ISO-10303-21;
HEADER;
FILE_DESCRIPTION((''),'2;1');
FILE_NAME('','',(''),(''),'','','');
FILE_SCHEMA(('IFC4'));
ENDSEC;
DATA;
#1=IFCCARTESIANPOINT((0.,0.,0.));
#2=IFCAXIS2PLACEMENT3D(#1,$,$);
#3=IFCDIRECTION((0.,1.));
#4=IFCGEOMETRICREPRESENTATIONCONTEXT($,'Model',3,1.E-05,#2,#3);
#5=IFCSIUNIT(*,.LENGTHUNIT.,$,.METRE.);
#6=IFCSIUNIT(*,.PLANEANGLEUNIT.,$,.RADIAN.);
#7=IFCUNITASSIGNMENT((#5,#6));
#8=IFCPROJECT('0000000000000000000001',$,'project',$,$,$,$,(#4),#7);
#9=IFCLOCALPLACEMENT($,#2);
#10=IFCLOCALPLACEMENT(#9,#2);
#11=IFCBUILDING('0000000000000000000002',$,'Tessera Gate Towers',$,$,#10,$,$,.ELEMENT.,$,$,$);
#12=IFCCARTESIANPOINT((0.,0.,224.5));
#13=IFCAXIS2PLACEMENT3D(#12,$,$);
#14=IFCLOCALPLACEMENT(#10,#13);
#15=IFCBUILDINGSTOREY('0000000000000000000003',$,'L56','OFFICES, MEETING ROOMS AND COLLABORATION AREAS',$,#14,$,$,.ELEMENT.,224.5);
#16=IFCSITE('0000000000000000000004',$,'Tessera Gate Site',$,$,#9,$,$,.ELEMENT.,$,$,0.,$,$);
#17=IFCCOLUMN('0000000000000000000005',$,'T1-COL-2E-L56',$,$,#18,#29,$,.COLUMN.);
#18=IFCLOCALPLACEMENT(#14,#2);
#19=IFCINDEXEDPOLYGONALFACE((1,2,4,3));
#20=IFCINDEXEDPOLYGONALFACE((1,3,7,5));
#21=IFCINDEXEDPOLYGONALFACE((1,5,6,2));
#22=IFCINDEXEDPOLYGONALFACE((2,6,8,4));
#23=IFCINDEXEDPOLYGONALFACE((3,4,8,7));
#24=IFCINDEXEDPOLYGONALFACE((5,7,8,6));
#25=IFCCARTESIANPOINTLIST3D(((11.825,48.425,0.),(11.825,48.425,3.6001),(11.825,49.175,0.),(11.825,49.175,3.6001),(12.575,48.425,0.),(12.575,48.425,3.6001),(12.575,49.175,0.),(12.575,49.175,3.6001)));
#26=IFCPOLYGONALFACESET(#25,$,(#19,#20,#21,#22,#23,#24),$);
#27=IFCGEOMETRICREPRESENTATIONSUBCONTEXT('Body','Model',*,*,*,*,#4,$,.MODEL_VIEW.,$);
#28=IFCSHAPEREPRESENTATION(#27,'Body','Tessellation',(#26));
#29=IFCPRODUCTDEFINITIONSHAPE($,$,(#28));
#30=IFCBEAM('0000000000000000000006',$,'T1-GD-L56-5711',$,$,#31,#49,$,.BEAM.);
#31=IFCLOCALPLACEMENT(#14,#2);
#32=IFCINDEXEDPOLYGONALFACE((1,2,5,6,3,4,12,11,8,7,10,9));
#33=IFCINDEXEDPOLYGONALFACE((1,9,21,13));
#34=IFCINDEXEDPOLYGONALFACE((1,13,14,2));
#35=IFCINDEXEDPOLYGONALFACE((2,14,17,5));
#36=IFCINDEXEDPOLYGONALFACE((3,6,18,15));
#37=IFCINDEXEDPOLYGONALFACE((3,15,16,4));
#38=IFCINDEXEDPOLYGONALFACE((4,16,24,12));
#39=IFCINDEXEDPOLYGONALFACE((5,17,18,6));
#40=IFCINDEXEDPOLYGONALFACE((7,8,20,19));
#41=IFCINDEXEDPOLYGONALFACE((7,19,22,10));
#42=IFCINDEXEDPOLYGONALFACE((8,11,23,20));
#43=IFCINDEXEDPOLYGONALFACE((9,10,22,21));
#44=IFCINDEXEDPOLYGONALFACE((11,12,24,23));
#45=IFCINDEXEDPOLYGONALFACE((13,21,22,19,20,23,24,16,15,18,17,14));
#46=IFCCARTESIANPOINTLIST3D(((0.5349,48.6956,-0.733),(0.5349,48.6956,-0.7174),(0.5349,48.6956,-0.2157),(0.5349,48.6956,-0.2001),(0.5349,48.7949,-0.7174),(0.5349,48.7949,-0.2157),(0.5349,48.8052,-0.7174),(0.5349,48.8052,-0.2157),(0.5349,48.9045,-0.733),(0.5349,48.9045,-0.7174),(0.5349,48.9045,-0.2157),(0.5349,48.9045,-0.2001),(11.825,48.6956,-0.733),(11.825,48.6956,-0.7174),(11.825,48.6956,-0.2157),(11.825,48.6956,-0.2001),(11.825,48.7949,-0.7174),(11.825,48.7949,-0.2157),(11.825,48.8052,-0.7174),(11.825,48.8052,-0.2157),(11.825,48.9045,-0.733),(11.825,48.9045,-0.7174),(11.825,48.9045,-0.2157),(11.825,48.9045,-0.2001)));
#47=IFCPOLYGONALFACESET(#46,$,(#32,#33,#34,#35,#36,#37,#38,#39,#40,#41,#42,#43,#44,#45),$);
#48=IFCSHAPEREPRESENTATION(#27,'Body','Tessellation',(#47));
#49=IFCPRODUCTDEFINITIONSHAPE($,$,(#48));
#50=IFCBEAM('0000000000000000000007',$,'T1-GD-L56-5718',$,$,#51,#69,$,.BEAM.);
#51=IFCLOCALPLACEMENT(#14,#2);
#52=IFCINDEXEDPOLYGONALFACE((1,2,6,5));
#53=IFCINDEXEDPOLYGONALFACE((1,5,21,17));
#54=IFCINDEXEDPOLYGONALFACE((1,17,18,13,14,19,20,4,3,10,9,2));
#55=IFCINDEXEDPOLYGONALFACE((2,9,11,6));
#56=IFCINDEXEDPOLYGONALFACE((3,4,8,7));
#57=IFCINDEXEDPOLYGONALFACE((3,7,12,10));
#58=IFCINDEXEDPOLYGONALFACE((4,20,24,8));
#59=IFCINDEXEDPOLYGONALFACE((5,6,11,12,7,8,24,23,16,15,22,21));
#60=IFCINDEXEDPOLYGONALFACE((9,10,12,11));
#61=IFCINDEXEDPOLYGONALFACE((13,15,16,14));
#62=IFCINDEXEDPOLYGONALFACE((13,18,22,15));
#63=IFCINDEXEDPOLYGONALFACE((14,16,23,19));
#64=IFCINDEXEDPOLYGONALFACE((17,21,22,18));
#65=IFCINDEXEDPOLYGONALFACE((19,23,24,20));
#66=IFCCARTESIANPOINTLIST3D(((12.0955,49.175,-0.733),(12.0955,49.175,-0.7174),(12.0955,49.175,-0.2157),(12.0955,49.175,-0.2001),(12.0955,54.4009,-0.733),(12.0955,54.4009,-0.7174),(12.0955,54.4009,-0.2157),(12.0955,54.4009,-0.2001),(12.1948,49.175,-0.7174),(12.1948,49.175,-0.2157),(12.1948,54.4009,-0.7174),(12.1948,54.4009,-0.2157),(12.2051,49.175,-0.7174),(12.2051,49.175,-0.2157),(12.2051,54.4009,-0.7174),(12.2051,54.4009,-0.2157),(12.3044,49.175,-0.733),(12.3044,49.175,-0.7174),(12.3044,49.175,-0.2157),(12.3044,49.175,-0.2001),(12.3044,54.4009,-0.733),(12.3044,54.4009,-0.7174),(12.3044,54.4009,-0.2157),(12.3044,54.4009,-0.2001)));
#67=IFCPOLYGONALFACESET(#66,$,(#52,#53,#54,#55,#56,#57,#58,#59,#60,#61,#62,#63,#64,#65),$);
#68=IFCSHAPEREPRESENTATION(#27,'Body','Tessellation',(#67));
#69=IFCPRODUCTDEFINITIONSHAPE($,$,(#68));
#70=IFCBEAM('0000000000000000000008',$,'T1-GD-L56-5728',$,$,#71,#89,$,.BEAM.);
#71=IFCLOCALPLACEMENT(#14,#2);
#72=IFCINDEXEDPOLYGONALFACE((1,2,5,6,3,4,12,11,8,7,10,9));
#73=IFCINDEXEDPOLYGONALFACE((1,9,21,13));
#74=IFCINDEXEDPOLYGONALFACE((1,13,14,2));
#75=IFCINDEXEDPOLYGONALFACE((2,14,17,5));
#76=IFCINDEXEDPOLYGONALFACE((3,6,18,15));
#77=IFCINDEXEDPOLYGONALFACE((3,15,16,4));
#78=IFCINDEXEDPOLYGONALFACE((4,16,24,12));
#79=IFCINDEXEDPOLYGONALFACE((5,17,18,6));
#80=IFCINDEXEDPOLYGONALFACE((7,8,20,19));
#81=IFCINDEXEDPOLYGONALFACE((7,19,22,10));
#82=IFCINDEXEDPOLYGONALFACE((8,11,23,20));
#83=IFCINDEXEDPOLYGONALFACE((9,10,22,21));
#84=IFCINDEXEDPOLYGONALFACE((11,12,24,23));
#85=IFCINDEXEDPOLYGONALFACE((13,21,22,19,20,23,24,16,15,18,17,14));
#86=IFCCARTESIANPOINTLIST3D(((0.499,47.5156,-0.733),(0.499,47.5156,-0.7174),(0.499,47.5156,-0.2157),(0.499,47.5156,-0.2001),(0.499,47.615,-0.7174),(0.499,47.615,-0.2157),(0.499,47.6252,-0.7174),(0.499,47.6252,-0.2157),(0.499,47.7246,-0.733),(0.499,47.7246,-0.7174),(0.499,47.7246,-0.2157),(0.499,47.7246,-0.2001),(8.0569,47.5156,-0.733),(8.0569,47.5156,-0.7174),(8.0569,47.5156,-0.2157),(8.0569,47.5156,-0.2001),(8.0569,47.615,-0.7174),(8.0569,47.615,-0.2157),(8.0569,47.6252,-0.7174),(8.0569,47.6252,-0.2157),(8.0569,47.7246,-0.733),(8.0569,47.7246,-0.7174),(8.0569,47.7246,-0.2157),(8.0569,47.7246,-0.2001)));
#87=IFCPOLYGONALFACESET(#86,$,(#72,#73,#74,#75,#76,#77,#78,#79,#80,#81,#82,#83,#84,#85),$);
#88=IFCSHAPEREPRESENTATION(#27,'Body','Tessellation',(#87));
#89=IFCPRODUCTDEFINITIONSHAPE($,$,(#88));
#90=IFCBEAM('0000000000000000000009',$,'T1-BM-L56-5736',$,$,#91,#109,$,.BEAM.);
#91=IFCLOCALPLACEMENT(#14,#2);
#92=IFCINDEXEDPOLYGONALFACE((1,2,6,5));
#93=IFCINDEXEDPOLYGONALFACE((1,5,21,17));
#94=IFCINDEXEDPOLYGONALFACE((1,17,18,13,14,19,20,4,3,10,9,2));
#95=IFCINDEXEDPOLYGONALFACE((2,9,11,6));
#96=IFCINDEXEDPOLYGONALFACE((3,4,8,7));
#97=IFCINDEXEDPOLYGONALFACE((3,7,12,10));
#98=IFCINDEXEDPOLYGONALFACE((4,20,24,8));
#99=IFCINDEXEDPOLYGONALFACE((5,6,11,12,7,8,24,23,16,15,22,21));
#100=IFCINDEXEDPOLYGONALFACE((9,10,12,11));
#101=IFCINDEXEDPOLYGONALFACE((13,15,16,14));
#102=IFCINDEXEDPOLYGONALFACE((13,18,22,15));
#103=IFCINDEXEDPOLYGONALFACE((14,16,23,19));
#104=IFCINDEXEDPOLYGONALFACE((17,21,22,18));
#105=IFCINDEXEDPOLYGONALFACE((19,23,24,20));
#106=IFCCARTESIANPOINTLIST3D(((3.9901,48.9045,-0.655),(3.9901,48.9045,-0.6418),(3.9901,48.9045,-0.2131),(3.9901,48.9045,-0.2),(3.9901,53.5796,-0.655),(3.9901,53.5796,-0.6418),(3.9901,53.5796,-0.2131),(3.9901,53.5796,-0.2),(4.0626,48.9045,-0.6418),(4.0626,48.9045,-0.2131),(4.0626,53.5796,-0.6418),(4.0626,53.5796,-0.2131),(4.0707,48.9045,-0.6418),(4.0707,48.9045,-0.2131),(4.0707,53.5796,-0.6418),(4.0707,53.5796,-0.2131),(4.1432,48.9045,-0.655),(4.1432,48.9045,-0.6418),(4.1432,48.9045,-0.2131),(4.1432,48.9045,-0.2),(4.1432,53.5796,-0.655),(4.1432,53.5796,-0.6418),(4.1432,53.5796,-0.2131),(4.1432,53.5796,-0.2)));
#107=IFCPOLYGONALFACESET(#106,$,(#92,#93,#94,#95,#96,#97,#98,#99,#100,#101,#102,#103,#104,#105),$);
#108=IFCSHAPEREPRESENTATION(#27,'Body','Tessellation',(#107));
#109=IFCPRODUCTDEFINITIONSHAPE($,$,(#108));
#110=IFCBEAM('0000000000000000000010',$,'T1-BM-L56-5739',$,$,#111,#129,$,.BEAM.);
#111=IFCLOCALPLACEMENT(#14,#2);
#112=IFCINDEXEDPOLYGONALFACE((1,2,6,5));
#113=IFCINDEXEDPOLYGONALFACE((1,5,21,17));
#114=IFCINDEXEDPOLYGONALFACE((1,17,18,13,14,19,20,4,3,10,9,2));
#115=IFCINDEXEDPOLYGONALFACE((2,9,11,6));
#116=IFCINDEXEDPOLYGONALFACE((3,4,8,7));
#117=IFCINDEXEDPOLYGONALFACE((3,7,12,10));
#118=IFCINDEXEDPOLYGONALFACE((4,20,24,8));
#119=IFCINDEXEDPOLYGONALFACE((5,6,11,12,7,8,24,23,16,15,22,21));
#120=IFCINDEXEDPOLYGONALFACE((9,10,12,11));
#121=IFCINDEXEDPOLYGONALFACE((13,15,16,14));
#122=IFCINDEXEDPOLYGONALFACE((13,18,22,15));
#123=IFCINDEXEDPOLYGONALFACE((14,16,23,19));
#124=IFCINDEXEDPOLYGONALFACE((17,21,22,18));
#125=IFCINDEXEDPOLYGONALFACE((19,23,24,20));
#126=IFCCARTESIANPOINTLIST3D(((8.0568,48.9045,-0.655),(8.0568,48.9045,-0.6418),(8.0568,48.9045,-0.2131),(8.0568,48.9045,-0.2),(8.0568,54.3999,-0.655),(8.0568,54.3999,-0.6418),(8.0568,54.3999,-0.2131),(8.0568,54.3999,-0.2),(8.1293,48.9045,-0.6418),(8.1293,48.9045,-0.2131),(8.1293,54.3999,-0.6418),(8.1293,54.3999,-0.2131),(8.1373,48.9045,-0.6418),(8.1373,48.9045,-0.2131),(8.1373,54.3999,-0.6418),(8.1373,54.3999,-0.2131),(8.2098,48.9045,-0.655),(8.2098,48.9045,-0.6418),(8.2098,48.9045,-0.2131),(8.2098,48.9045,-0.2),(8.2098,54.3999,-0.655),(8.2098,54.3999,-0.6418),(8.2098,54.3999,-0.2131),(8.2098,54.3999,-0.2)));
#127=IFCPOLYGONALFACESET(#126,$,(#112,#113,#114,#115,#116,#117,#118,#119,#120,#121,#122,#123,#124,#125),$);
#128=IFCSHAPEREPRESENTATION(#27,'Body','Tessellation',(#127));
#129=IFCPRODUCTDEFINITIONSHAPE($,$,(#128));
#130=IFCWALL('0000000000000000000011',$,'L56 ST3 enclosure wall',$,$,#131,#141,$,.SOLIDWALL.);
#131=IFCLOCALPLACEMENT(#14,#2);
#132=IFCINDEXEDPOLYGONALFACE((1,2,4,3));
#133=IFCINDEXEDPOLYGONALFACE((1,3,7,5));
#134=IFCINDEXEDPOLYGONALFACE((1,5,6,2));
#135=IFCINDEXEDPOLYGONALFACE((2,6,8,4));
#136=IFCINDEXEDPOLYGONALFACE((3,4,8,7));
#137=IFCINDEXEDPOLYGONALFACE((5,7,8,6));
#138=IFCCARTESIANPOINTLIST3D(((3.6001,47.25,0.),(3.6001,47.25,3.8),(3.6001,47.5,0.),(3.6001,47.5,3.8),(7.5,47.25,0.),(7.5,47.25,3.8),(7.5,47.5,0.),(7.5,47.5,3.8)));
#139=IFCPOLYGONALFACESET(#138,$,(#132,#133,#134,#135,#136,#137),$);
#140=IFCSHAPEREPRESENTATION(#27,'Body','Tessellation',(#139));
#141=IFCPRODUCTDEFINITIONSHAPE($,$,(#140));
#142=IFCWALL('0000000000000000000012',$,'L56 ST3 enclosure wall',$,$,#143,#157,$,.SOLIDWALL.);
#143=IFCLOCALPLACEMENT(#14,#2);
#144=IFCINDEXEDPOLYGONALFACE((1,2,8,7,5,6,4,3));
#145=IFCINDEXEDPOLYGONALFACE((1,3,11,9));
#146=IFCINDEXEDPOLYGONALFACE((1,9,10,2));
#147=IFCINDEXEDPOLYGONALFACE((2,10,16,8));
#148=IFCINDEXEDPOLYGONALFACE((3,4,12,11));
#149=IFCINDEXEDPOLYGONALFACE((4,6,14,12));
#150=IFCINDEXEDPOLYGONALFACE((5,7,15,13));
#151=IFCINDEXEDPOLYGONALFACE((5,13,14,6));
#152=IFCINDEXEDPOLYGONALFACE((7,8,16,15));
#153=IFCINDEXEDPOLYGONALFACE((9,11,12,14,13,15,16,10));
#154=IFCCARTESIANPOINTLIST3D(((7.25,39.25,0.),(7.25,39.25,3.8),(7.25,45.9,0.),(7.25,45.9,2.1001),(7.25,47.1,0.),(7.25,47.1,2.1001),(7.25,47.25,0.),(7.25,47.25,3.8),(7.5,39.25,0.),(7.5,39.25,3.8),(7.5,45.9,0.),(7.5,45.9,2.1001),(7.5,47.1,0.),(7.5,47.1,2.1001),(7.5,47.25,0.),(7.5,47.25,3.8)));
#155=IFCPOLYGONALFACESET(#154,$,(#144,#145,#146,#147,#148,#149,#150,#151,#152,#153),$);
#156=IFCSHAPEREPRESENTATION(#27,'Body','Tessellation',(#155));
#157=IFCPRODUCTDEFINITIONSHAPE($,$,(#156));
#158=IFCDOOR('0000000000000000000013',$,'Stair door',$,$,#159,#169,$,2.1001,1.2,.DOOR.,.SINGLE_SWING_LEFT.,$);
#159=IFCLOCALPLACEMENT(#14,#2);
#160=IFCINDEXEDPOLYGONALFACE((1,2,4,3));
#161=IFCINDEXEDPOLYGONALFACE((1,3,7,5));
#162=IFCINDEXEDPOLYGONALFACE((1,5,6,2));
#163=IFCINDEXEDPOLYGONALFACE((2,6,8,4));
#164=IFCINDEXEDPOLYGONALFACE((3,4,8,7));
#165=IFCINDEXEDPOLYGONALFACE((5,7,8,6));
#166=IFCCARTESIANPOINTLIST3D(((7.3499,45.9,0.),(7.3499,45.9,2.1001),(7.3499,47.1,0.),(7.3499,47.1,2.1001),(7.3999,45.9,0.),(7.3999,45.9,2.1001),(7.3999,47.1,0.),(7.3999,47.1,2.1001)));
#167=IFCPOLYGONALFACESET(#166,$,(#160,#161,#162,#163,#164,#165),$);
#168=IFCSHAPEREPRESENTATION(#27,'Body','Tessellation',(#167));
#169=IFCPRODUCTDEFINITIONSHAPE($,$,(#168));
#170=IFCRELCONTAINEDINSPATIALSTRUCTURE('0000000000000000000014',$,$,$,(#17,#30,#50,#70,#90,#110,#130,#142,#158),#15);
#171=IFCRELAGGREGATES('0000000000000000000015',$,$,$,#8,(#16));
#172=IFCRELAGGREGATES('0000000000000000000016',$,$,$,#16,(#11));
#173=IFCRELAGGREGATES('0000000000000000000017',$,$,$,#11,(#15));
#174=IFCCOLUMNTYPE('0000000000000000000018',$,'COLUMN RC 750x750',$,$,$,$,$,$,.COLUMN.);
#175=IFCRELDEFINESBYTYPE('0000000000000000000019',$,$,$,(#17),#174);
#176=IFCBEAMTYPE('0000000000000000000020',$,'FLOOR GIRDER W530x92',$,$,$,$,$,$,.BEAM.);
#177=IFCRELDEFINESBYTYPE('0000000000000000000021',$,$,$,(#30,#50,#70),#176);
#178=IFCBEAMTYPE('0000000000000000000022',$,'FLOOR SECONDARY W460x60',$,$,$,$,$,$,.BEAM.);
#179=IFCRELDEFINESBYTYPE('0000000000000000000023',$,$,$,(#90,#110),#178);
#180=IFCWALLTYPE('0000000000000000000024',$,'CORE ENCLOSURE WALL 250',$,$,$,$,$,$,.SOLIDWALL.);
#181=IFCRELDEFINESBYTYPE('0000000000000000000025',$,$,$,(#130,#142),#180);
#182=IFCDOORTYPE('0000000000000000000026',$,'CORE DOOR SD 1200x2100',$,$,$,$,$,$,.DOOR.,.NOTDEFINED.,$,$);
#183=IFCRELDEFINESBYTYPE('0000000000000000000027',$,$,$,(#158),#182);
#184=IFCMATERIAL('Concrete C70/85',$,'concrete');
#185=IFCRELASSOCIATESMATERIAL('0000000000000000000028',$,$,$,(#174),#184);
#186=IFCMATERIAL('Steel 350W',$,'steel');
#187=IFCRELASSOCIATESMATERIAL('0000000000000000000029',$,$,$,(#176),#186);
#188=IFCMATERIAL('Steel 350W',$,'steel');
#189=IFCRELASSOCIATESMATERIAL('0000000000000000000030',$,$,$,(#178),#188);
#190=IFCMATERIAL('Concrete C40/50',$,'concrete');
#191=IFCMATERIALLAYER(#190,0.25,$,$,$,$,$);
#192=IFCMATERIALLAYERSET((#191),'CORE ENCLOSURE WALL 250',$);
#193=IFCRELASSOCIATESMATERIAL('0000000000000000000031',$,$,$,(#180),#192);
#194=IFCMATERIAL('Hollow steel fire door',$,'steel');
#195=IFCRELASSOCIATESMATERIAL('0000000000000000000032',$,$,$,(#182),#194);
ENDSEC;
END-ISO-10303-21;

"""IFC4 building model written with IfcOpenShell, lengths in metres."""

from ifc_helpers import new_model, si_unit, direction, frame, frame_2d, origin, origin_2d, place, context, subcontext, project, spatial, rectangle, i_section, extrude, source, transform, mapped, material, layer, layer_set, material_profile, profile_set, type_object, element, fill, save


model = new_model("IFC4")

# Units and contexts
model_context = context("Model", 3, precision=1e-05, world=origin(), true_north=direction((0.0, 1.0)))
body_context = subcontext(model_context, "Body", "Model", "MODEL_VIEW")
ifc_project = project(units=[si_unit("LENGTHUNIT", "METRE"), si_unit("PLANEANGLEUNIT", "RADIAN")], contexts=[model_context])

# Site, building, storey
site_placement = place(None, origin())
site = spatial("IfcSite", under=ifc_project, at=site_placement, Name="Tessera Gate Site", CompositionType="ELEMENT", RefElevation=0.0)
building_placement = place(site_placement, origin())
building = spatial("IfcBuilding", under=site, at=building_placement, Name="Tessera Gate Towers", CompositionType="ELEMENT")
storey_placement = place(building_placement, frame((0.0, 0.0, 224.5)))
storey = spatial("IfcBuildingStorey", under=building, at=storey_placement, Name="L56", Description="OFFICES, MEETING ROOMS AND COLLABORATION AREAS", CompositionType="ELEMENT", Elevation=224.5)

# Column
ifc_material_1 = material(Name="Concrete C70/85", Category="concrete")
ifc_material_profile_1 = material_profile(ifc_material_1, rectangle(XDim=0.75, YDim=0.75, at=origin_2d()), Name="RC 750x750")
ifc_profile_set_1 = profile_set([ifc_material_profile_1], Name="Concrete C70/85")
column_type = type_object("IfcColumnType", Name="COLUMN RC 750x750", PredefinedType="COLUMN", material=ifc_profile_set_1)
column_placement = place(storey_placement, frame((12.2, 48.8, 0.0), z_axis=(0.0, 0.0, 1.0), x_axis=(1.0, 0.0, 0.0)))
element("IfcColumn", 1, at=column_placement, inside=storey, type_object=column_type, Name="T1-COL-2E-L56", PredefinedType="COLUMN", context=body_context, shape_type="SweptSolid", body=[
    extrude(rectangle(XDim=0.75, YDim=0.75, at=origin_2d()), origin(), (0.0, 0.0, 1.0), 3.6001),
])

# Beams
ifc_material_2 = material(Name="Steel 350W", Category="steel")
ifc_material_profile_2 = material_profile(ifc_material_2, i_section(OverallWidth=0.209, OverallDepth=0.533, WebThickness=0.0103, FlangeThickness=0.0156, at=origin_2d()), Name="W530x92")
ifc_profile_set_2 = profile_set([ifc_material_profile_2], Name="Steel 350W")
beam_type_1 = type_object("IfcBeamType", Name="FLOOR GIRDER W530x92", PredefinedType="BEAM", material=ifc_profile_set_2)
beam_1_placement = place(storey_placement, frame((0.5349, 48.8, -0.4666), z_axis=(1.0, 0.0, 0.0), x_axis=(0.0, 1.0, 0.0)))
element("IfcBeam", 2, at=beam_1_placement, inside=storey, type_object=beam_type_1, Name="T1-GD-L56-5711", PredefinedType="BEAM", context=body_context, shape_type="SweptSolid", body=[
    extrude(i_section(OverallWidth=0.209, OverallDepth=0.533, WebThickness=0.0103, FlangeThickness=0.0156, at=origin_2d()), origin(), (0.0, 0.0, 1.0), 11.29),
])
beam_2_placement = place(storey_placement, frame((12.2, 49.175, -0.4666), z_axis=(0.0, 1.0, 0.0), x_axis=(-1.0, 0.0, 0.0)))
element("IfcBeam", 3, at=beam_2_placement, inside=storey, type_object=beam_type_1, Name="T1-GD-L56-5718", PredefinedType="BEAM", context=body_context, shape_type="SweptSolid", body=[
    extrude(i_section(OverallWidth=0.209, OverallDepth=0.533, WebThickness=0.0103, FlangeThickness=0.0156, at=origin_2d()), origin(), (0.0, 0.0, 1.0), 5.2258),
])
beam_3_placement = place(storey_placement, frame((0.499, 47.6201, -0.4666), z_axis=(1.0, 0.0, 0.0), x_axis=(0.0, 1.0, 0.0)))
element("IfcBeam", 4, at=beam_3_placement, inside=storey, type_object=beam_type_1, Name="T1-GD-L56-5728", PredefinedType="BEAM", context=body_context, shape_type="SweptSolid", body=[
    extrude(i_section(OverallWidth=0.209, OverallDepth=0.533, WebThickness=0.0103, FlangeThickness=0.0156, at=origin_2d()), origin(), (0.0, 0.0, 1.0), 7.5579),
])
ifc_material_3 = material(Name="Steel 350W", Category="steel")
ifc_material_profile_3 = material_profile(ifc_material_3, i_section(OverallWidth=0.1531, OverallDepth=0.4551, WebThickness=0.0081, FlangeThickness=0.0132, at=origin_2d()), Name="W460x60")
ifc_profile_set_3 = profile_set([ifc_material_profile_3], Name="Steel 350W")
beam_type_2 = type_object("IfcBeamType", Name="FLOOR SECONDARY W460x60", PredefinedType="BEAM", material=ifc_profile_set_3)
beam_4_placement = place(storey_placement, frame((4.0667, 48.9045, -0.4275), z_axis=(0.0, 1.0, 0.0), x_axis=(-1.0, 0.0, 0.0)))
element("IfcBeam", 5, at=beam_4_placement, inside=storey, type_object=beam_type_2, Name="T1-BM-L56-5736", PredefinedType="BEAM", context=body_context, shape_type="SweptSolid", body=[
    extrude(i_section(OverallWidth=0.1531, OverallDepth=0.4551, WebThickness=0.0081, FlangeThickness=0.0132, at=origin_2d()), origin(), (0.0, 0.0, 1.0), 4.675),
])
beam_5_placement = place(storey_placement, frame((8.1333, 48.9045, -0.4275), z_axis=(0.0, 1.0, 0.0), x_axis=(-1.0, 0.0, 0.0)))
element("IfcBeam", 6, at=beam_5_placement, inside=storey, type_object=beam_type_2, Name="T1-BM-L56-5739", PredefinedType="BEAM", context=body_context, shape_type="SweptSolid", body=[
    extrude(i_section(OverallWidth=0.1531, OverallDepth=0.4551, WebThickness=0.0081, FlangeThickness=0.0132, at=origin_2d()), origin(), (0.0, 0.0, 1.0), 5.4954),
])

# Wall
ifc_material_4 = material(Name="Concrete C40/50", Category="concrete")
ifc_layer_1 = layer(ifc_material_4, 0.25)
ifc_layer_set_1 = layer_set([ifc_layer_1], Name="CORE ENCLOSURE WALL 250")
wall_type_1 = type_object("IfcWallType", Name="CORE ENCLOSURE WALL 250", PredefinedType="SOLIDWALL", material=ifc_layer_set_1)
wall_1_placement = place(storey_placement, frame((3.6001, 47.375, 0.0), z_axis=(0.0, 0.0, 1.0), x_axis=(1.0, 0.0, 0.0)))
element("IfcWall", 7, at=wall_1_placement, inside=storey, type_object=wall_type_1, Name="L56 ST3 enclosure wall", PredefinedType="SOLIDWALL", context=body_context, shape_type="SweptSolid", body=[
    extrude(rectangle(XDim=3.8999, YDim=0.25, at=frame_2d((1.95, 0.0))), origin(), (0.0, 0.0, 1.0), 3.8),
])

# Wall, opening, door
wall_2_placement = place(storey_placement, frame((7.375, 47.25, 0.0), z_axis=(0.0, 0.0, 1.0), x_axis=(0.0, -1.0, 0.0)))
wall_2 = element("IfcWall", 8, at=wall_2_placement, inside=storey, type_object=wall_type_1, Name="L56 ST3 enclosure wall", PredefinedType="SOLIDWALL", context=body_context, shape_type="SweptSolid", body=[
    extrude(rectangle(XDim=8.0, YDim=0.25, at=frame_2d((4.0, 0.0))), origin(), (0.0, 0.0, 1.0), 3.8),
])
shared_shape_1 = source(origin(), body_context, "Body", "SweptSolid", [
    extrude(rectangle(XDim=1.2, YDim=2.1001, at=frame_2d((0.6001, 1.05))), frame((0.0, 0.135, 0.0), z_axis=(0.0, -1.0, 0.0), x_axis=(1.0, 0.0, 0.0)), (0.0, 0.0, 1.0), 0.27),
])
opening_1_placement = place(wall_2_placement, frame((0.1499, 0.0, 0.0)))
opening_1 = element("IfcOpeningElement", 9, at=opening_1_placement, cuts=wall_2, PredefinedType="OPENING", context=body_context, shape_type="MappedRepresentation", body=[
    mapped(shared_shape_1, transform((0.0, 0.0, 0.0), scale=1.0)),
])
ifc_material_5 = material(Name="Hollow steel fire door", Category="steel")
door_type_1 = type_object("IfcDoorType", Name="CORE DOOR SD 1200x2100", OperationType="NOTDEFINED", PredefinedType="DOOR", material=ifc_material_5)
shared_shape_2 = source(origin(), body_context, "Body", "SweptSolid", [
    extrude(rectangle(XDim=1.2, YDim=2.1001, at=frame_2d((0.6001, 1.05))), frame((0.0, 0.0249, 0.0), z_axis=(0.0, -1.0, 0.0), x_axis=(1.0, 0.0, 0.0)), (0.0, 0.0, 1.0), 0.05),
])
door_1_placement = place(opening_1_placement, origin())
door_1 = element("IfcDoor", 10, at=door_1_placement, inside=storey, type_object=door_type_1, Name="Stair door", OperationType="SINGLE_SWING_LEFT", OverallHeight=2.1001, OverallWidth=1.2, PredefinedType="DOOR", context=body_context, shape_type="MappedRepresentation", body=[
    mapped(shared_shape_2, transform((0.0, 0.0, 0.0), scale=1.0)),
])
fill(opening_1, door_1)

save(model, "model.ifc")
